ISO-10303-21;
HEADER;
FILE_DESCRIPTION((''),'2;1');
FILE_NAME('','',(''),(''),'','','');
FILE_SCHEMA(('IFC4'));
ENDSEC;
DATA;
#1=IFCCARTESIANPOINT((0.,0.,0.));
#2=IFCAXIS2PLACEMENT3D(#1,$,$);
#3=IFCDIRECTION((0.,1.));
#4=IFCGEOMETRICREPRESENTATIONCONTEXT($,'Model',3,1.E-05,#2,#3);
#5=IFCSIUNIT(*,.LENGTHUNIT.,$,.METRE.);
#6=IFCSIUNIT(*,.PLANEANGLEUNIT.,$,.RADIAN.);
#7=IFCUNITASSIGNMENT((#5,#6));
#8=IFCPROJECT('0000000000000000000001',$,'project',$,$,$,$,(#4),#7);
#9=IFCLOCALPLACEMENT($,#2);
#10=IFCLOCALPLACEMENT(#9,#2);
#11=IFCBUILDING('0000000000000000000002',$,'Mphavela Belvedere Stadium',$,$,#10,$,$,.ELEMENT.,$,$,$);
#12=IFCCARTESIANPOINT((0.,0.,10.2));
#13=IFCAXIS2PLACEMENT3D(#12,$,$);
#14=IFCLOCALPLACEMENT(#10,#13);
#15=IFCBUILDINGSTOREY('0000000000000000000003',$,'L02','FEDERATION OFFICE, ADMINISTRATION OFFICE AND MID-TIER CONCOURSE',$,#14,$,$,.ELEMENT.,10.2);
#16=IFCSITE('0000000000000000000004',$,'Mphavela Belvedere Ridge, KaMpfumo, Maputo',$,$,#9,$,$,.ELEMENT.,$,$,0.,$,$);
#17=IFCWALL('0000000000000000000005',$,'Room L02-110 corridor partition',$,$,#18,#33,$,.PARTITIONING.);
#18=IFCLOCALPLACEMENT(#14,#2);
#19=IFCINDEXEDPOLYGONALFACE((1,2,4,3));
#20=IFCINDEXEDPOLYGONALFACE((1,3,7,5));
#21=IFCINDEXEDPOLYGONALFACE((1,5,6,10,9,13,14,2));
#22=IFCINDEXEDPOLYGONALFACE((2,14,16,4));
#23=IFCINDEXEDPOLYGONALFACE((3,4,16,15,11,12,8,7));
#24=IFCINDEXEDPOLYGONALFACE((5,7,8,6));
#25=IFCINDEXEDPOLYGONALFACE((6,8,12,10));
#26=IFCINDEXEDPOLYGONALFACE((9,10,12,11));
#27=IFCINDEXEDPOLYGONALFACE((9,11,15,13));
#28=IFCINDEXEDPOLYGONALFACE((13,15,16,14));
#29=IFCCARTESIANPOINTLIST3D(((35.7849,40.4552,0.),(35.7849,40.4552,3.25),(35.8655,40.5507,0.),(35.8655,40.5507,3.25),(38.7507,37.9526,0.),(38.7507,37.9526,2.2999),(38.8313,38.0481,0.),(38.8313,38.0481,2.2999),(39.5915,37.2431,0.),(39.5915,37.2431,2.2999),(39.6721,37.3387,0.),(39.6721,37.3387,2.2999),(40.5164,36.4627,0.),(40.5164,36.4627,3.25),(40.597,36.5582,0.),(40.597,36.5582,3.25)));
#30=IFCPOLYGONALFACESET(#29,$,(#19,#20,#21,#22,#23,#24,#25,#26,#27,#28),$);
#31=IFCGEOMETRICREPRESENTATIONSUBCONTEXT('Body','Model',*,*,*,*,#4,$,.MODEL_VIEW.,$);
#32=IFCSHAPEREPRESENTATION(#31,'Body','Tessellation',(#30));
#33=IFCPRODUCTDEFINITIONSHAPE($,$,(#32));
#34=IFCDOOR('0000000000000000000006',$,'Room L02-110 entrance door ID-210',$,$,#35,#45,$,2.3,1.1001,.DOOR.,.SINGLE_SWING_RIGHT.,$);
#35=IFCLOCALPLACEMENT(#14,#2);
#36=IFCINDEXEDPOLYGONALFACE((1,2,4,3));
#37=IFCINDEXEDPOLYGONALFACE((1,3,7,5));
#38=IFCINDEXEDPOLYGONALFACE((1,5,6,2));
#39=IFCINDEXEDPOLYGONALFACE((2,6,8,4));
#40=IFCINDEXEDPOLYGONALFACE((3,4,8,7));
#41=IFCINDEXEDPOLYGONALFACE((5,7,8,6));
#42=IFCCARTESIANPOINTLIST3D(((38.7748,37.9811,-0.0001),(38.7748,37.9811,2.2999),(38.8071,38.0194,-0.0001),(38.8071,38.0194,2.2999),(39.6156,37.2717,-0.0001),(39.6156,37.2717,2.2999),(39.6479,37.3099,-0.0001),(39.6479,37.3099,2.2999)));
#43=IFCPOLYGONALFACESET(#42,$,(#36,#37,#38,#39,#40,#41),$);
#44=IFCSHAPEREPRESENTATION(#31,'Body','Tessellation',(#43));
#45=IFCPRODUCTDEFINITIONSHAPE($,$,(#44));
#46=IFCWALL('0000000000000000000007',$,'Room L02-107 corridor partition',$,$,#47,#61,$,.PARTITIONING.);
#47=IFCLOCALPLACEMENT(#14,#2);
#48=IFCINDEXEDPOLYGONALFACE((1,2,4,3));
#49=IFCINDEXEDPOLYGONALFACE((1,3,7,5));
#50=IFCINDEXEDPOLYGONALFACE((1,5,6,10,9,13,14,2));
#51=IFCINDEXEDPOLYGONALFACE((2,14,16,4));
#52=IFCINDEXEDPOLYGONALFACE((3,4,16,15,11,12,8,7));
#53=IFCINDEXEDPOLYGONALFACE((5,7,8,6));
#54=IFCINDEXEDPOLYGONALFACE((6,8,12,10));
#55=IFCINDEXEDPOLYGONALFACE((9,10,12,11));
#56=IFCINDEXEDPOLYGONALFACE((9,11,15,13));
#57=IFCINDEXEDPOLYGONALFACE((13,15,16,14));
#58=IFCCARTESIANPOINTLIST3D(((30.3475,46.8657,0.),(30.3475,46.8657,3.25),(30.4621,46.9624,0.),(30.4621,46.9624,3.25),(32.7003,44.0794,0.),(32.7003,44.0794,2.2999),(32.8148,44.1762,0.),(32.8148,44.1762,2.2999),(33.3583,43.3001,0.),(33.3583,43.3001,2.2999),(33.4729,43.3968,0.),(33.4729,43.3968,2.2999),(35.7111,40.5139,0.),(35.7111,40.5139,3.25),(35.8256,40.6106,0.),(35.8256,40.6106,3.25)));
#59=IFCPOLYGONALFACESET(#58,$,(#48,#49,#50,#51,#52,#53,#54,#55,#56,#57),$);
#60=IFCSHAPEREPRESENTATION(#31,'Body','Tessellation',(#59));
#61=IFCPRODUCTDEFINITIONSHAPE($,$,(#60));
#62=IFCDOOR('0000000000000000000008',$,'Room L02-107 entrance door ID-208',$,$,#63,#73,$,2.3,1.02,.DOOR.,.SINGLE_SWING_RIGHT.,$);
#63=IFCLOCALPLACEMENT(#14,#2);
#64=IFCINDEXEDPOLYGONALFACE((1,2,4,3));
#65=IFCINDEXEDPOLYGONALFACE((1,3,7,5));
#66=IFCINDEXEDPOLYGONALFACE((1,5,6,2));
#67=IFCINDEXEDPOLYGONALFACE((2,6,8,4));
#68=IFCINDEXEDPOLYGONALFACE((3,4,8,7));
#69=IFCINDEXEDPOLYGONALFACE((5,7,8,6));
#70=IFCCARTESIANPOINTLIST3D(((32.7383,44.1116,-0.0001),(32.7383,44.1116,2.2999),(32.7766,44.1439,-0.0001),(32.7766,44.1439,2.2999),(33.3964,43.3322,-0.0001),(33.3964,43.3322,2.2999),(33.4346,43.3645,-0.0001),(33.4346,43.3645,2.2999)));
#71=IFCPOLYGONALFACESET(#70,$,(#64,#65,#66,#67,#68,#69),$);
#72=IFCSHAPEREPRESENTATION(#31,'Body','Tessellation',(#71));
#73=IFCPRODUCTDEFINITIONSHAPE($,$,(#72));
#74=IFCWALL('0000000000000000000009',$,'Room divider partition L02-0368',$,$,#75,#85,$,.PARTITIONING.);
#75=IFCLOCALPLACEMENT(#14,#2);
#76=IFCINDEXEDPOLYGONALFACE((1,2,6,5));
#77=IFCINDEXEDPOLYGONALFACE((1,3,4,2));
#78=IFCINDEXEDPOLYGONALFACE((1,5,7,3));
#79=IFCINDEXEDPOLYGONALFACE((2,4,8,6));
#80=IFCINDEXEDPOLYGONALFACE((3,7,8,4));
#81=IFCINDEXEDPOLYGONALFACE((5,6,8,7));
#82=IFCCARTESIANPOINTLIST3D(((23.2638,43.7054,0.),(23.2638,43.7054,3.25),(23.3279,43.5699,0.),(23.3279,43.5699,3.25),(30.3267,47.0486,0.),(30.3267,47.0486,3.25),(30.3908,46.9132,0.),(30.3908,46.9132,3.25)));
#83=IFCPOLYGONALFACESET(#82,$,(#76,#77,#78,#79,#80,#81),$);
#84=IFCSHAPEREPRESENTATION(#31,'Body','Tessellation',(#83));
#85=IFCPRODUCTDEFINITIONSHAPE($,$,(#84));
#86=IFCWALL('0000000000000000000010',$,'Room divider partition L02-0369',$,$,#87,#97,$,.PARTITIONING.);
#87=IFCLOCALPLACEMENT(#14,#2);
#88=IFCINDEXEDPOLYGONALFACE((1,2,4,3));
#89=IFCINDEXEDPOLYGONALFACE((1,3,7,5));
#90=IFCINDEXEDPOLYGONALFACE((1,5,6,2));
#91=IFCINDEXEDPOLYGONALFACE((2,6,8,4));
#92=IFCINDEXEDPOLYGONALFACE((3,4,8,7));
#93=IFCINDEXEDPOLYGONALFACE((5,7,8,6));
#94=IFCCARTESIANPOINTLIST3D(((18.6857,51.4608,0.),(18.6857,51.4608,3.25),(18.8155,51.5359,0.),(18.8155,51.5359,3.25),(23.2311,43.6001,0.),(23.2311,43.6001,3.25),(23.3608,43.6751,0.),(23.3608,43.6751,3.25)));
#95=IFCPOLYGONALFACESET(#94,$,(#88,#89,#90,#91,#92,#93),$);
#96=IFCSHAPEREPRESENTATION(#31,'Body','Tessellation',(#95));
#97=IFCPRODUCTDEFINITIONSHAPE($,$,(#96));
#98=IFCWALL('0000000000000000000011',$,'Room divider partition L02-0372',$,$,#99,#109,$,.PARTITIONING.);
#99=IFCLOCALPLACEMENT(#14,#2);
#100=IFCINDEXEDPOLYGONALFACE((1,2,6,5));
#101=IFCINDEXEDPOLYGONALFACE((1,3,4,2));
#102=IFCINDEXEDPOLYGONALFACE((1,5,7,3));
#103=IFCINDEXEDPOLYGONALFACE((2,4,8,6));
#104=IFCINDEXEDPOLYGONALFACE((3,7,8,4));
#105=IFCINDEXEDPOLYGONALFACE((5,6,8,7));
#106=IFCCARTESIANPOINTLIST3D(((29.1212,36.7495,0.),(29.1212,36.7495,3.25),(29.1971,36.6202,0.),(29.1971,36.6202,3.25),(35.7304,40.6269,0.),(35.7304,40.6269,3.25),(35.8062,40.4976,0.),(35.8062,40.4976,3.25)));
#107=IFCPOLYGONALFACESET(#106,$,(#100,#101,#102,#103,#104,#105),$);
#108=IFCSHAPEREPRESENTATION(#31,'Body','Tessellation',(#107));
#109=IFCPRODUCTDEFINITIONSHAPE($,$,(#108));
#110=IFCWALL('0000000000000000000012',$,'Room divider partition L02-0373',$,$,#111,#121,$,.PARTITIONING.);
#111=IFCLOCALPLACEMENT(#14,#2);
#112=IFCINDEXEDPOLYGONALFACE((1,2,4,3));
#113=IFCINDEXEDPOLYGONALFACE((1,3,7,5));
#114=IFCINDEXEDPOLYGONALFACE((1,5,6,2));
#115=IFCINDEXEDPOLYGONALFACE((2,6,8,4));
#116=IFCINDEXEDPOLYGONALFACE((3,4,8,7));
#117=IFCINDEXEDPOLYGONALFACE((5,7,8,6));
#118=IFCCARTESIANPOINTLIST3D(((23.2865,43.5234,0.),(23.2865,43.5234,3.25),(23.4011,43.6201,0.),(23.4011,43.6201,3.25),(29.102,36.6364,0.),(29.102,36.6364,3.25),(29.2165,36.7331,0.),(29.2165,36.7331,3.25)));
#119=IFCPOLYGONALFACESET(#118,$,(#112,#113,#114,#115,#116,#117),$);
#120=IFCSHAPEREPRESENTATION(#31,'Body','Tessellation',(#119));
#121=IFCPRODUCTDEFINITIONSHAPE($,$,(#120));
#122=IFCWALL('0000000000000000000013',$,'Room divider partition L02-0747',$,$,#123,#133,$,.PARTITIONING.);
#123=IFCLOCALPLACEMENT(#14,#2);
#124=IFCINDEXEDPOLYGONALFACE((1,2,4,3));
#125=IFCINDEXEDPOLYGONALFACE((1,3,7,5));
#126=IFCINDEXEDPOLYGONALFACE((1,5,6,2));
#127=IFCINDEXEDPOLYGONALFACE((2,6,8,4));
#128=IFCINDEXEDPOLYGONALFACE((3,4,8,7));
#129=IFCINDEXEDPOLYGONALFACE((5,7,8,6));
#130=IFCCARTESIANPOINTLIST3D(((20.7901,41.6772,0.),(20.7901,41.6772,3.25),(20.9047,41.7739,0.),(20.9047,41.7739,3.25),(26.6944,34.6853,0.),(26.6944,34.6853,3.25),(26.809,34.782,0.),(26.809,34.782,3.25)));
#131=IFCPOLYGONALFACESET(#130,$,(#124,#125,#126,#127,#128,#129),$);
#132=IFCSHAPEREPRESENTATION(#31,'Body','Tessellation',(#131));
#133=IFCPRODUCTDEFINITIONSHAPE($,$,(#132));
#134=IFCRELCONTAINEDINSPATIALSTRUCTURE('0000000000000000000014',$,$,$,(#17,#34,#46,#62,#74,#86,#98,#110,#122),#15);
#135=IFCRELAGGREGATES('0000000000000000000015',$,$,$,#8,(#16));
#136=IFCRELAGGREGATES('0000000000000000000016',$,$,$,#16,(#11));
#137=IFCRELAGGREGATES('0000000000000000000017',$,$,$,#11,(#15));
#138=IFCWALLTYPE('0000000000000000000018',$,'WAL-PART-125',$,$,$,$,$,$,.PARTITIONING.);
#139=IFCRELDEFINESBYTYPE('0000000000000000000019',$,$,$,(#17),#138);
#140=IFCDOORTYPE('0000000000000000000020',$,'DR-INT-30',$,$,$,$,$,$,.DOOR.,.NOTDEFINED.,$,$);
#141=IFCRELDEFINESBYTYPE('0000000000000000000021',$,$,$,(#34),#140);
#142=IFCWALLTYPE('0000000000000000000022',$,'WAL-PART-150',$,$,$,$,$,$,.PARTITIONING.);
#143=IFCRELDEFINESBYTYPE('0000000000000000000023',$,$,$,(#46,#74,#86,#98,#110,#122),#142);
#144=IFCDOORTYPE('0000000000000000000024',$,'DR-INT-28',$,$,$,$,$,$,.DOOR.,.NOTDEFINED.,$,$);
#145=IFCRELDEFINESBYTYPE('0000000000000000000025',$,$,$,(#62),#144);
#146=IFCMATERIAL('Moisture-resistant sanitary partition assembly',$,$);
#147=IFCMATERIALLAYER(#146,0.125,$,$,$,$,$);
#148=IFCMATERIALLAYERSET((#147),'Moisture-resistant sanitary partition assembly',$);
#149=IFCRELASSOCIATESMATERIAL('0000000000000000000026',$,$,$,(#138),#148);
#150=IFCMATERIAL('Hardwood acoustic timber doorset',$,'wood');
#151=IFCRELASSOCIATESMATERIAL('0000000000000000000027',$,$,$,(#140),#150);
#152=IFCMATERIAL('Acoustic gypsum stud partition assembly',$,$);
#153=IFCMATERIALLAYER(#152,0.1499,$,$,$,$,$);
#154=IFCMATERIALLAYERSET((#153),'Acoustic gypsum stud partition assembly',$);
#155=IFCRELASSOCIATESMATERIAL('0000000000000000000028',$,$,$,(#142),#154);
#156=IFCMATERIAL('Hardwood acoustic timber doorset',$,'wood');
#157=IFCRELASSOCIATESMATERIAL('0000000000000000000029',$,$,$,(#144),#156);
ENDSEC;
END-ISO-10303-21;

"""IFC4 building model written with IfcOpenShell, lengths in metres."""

from ifc_helpers import new_model, si_unit, direction, frame, frame_2d, origin, place, context, subcontext, project, spatial, rectangle, extrude, material, layer, layer_set, type_object, element, fill, save


model = new_model("IFC4")

# Units and contexts
model_context = context("Model", 3, precision=1e-05, world=origin(), true_north=direction((0.0, 1.0)))
body_context = subcontext(model_context, "Body", "Model", "MODEL_VIEW")
ifc_project = project(units=[si_unit("LENGTHUNIT", "METRE"), si_unit("PLANEANGLEUNIT", "RADIAN")], contexts=[model_context])

# Site, building, storey
site_placement = place(None, origin())
site = spatial("IfcSite", under=ifc_project, at=site_placement, Name="Mphavela Belvedere Ridge, KaMpfumo, Maputo", CompositionType="ELEMENT", RefElevation=0.0)
building_placement = place(site_placement, origin())
building = spatial("IfcBuilding", under=site, at=building_placement, Name="Mphavela Belvedere Stadium", CompositionType="ELEMENT")
storey_placement = place(building_placement, frame((0.0, 0.0, 10.2)))
storey = spatial("IfcBuildingStorey", under=building, at=storey_placement, Name="L02", Description="FEDERATION OFFICE, ADMINISTRATION OFFICE AND MID-TIER CONCOURSE", CompositionType="ELEMENT", Elevation=10.2)

# Walls, openings, doors
ifc_material_1 = material(Name="Moisture-resistant sanitary partition assembly")
ifc_layer_1 = layer(ifc_material_1, 0.125)
ifc_layer_set_1 = layer_set([ifc_layer_1], Name="Moisture-resistant sanitary partition assembly")
wall_type_1 = type_object("IfcWallType", Name="WAL-PART-125", PredefinedType="PARTITIONING", material=ifc_layer_set_1)
wall_1_placement = place(storey_placement, frame((35.8252, 40.5029, 0.0), z_axis=(0.0, 0.0, 1.0), x_axis=(0.76427, -0.644897, 0.0)))
wall_1 = element("IfcWall", 1, at=wall_1_placement, inside=storey, type_object=wall_type_1, Name="Room L02-110 corridor partition", PredefinedType="PARTITIONING", context=body_context, shape_type="SweptSolid", body=[
    extrude(rectangle(XDim=6.1909, YDim=0.125, at=frame_2d((3.0955, 0.0))), origin(), (0.0, 0.0, 1.0), 3.25),
])
opening_1_placement = place(wall_1_placement, frame((3.8806, 0.0, 0.0)))
opening_1 = element("IfcOpeningElement", 2, at=opening_1_placement, cuts=wall_1, PredefinedType="OPENING", context=body_context, shape_type="SweptSolid", body=[
    extrude(rectangle(XDim=1.1001, YDim=2.3, at=frame_2d((0.55, 1.1499))), frame((0.0, 0.0725, 0.0), z_axis=(0.0, -1.0, 0.0), x_axis=(1.0, 0.0, 0.0)), (0.0, 0.0, 1.0), 0.145),
])
ifc_material_2 = material(Name="Hardwood acoustic timber doorset", Category="wood")
door_type_1 = type_object("IfcDoorType", Name="DR-INT-30", OperationType="NOTDEFINED", PredefinedType="DOOR", material=ifc_material_2)
door_1_placement = place(opening_1_placement, origin())
door_1 = element("IfcDoor", 3, at=door_1_placement, inside=storey, type_object=door_type_1, Name="Room L02-110 entrance door ID-210", OperationType="SINGLE_SWING_RIGHT", OverallHeight=2.3, OverallWidth=1.1001, PredefinedType="DOOR", context=body_context, shape_type="SweptSolid", body=[
    extrude(rectangle(XDim=1.1001, YDim=2.3, at=frame_2d((0.55, 1.1499))), frame((0.0, 0.0249, 0.0), z_axis=(0.0, -1.0, 0.0), x_axis=(1.0, 0.0, 0.0)), (0.0, 0.0, 1.0), 0.05),
])
fill(opening_1, door_1)
ifc_material_3 = material(Name="Acoustic gypsum stud partition assembly")
ifc_layer_2 = layer(ifc_material_3, 0.1499)
ifc_layer_set_2 = layer_set([ifc_layer_2], Name="Acoustic gypsum stud partition assembly")
wall_type_2 = type_object("IfcWallType", Name="WAL-PART-150", PredefinedType="PARTITIONING", material=ifc_layer_set_2)
wall_2_placement = place(storey_placement, frame((30.4048, 46.9141, 0.0), z_axis=(0.0, 0.0, 1.0), x_axis=(0.645165, -0.764043, 0.0)))
wall_2 = element("IfcWall", 4, at=wall_2_placement, inside=storey, type_object=wall_type_2, Name="Room L02-107 corridor partition", PredefinedType="PARTITIONING", context=body_context, shape_type="SweptSolid", body=[
    extrude(rectangle(XDim=8.3135, YDim=0.1499, at=frame_2d((4.1567, 0.0))), origin(), (0.0, 0.0, 1.0), 3.25),
])
opening_2_placement = place(wall_2_placement, frame((3.6467, 0.0, 0.0)))
opening_2 = element("IfcOpeningElement", 5, at=opening_2_placement, cuts=wall_2, PredefinedType="OPENING", context=body_context, shape_type="SweptSolid", body=[
    extrude(rectangle(XDim=1.02, YDim=2.3, at=frame_2d((0.51, 1.1499))), frame((0.0, 0.085, 0.0), z_axis=(0.0, -1.0, 0.0), x_axis=(1.0, 0.0, 0.0)), (0.0, 0.0, 1.0), 0.1699),
])
ifc_material_4 = material(Name="Hardwood acoustic timber doorset", Category="wood")
door_type_2 = type_object("IfcDoorType", Name="DR-INT-28", OperationType="NOTDEFINED", PredefinedType="DOOR", material=ifc_material_4)
door_2_placement = place(opening_2_placement, origin())
door_2 = element("IfcDoor", 6, at=door_2_placement, inside=storey, type_object=door_type_2, Name="Room L02-107 entrance door ID-208", OperationType="SINGLE_SWING_RIGHT", OverallHeight=2.3, OverallWidth=1.02, PredefinedType="DOOR", context=body_context, shape_type="SweptSolid", body=[
    extrude(rectangle(XDim=1.02, YDim=2.3, at=frame_2d((0.51, 1.1499))), frame((0.0, 0.0249, 0.0), z_axis=(0.0, -1.0, 0.0), x_axis=(1.0, 0.0, 0.0)), (0.0, 0.0, 1.0), 0.05),
])
fill(opening_2, door_2)

# Walls
wall_3_placement = place(storey_placement, frame((30.3589, 46.981, 0.0), z_axis=(0.0, 0.0, 1.0), x_axis=(-0.903855, -0.427839, 0.0)))
element("IfcWall", 7, at=wall_3_placement, inside=storey, type_object=wall_type_2, Name="Room divider partition L02-0368", PredefinedType="PARTITIONING", context=body_context, shape_type="SweptSolid", body=[
    extrude(rectangle(XDim=7.8142, YDim=0.1499, at=frame_2d((3.9072, 0.0))), origin(), (0.0, 0.0, 1.0), 3.25),
])
wall_4_placement = place(storey_placement, frame((23.2959, 43.6377, 0.0), z_axis=(0.0, 0.0, 1.0), x_axis=(-0.500574, 0.865694, 0.0)))
element("IfcWall", 8, at=wall_4_placement, inside=storey, type_object=wall_type_2, Name="Room divider partition L02-0369", PredefinedType="PARTITIONING", context=body_context, shape_type="SweptSolid", body=[
    extrude(rectangle(XDim=9.0803, YDim=0.1499, at=frame_2d((4.54, 0.0))), origin(), (0.0, 0.0, 1.0), 3.25),
])
wall_5_placement = place(storey_placement, frame((35.7683, 40.5623, 0.0), z_axis=(0.0, 0.0, 1.0), x_axis=(-0.86252, -0.506023, 0.0)))
element("IfcWall", 9, at=wall_5_placement, inside=storey, type_object=wall_type_2, Name="Room divider partition L02-0372", PredefinedType="PARTITIONING", context=body_context, shape_type="SweptSolid", body=[
    extrude(rectangle(XDim=7.6626, YDim=0.1499, at=frame_2d((3.8313, 0.0))), origin(), (0.0, 0.0, 1.0), 3.25),
])
wall_6_placement = place(storey_placement, frame((29.1592, 36.6848, 0.0), z_axis=(0.0, 0.0, 1.0), x_axis=(-0.645166, 0.764042, 0.0)))
element("IfcWall", 10, at=wall_6_placement, inside=storey, type_object=wall_type_2, Name="Room divider partition L02-0373", PredefinedType="PARTITIONING", context=body_context, shape_type="SweptSolid", body=[
    extrude(rectangle(XDim=9.0139, YDim=0.1499, at=frame_2d((4.5068, 0.0))), origin(), (0.0, 0.0, 1.0), 3.25),
])
wall_7_placement = place(storey_placement, frame((20.8474, 41.7256, 0.0), z_axis=(0.0, 0.0, 1.0), x_axis=(0.64518, -0.764031, 0.0)))
element("IfcWall", 11, at=wall_7_placement, inside=storey, type_object=wall_type_2, Name="Room divider partition L02-0747", PredefinedType="PARTITIONING", context=body_context, shape_type="SweptSolid", body=[
    extrude(rectangle(XDim=9.1514, YDim=0.1499, at=frame_2d((4.5757, 0.0))), origin(), (0.0, 0.0, 1.0), 3.25),
])

save(model, "model.ifc")
